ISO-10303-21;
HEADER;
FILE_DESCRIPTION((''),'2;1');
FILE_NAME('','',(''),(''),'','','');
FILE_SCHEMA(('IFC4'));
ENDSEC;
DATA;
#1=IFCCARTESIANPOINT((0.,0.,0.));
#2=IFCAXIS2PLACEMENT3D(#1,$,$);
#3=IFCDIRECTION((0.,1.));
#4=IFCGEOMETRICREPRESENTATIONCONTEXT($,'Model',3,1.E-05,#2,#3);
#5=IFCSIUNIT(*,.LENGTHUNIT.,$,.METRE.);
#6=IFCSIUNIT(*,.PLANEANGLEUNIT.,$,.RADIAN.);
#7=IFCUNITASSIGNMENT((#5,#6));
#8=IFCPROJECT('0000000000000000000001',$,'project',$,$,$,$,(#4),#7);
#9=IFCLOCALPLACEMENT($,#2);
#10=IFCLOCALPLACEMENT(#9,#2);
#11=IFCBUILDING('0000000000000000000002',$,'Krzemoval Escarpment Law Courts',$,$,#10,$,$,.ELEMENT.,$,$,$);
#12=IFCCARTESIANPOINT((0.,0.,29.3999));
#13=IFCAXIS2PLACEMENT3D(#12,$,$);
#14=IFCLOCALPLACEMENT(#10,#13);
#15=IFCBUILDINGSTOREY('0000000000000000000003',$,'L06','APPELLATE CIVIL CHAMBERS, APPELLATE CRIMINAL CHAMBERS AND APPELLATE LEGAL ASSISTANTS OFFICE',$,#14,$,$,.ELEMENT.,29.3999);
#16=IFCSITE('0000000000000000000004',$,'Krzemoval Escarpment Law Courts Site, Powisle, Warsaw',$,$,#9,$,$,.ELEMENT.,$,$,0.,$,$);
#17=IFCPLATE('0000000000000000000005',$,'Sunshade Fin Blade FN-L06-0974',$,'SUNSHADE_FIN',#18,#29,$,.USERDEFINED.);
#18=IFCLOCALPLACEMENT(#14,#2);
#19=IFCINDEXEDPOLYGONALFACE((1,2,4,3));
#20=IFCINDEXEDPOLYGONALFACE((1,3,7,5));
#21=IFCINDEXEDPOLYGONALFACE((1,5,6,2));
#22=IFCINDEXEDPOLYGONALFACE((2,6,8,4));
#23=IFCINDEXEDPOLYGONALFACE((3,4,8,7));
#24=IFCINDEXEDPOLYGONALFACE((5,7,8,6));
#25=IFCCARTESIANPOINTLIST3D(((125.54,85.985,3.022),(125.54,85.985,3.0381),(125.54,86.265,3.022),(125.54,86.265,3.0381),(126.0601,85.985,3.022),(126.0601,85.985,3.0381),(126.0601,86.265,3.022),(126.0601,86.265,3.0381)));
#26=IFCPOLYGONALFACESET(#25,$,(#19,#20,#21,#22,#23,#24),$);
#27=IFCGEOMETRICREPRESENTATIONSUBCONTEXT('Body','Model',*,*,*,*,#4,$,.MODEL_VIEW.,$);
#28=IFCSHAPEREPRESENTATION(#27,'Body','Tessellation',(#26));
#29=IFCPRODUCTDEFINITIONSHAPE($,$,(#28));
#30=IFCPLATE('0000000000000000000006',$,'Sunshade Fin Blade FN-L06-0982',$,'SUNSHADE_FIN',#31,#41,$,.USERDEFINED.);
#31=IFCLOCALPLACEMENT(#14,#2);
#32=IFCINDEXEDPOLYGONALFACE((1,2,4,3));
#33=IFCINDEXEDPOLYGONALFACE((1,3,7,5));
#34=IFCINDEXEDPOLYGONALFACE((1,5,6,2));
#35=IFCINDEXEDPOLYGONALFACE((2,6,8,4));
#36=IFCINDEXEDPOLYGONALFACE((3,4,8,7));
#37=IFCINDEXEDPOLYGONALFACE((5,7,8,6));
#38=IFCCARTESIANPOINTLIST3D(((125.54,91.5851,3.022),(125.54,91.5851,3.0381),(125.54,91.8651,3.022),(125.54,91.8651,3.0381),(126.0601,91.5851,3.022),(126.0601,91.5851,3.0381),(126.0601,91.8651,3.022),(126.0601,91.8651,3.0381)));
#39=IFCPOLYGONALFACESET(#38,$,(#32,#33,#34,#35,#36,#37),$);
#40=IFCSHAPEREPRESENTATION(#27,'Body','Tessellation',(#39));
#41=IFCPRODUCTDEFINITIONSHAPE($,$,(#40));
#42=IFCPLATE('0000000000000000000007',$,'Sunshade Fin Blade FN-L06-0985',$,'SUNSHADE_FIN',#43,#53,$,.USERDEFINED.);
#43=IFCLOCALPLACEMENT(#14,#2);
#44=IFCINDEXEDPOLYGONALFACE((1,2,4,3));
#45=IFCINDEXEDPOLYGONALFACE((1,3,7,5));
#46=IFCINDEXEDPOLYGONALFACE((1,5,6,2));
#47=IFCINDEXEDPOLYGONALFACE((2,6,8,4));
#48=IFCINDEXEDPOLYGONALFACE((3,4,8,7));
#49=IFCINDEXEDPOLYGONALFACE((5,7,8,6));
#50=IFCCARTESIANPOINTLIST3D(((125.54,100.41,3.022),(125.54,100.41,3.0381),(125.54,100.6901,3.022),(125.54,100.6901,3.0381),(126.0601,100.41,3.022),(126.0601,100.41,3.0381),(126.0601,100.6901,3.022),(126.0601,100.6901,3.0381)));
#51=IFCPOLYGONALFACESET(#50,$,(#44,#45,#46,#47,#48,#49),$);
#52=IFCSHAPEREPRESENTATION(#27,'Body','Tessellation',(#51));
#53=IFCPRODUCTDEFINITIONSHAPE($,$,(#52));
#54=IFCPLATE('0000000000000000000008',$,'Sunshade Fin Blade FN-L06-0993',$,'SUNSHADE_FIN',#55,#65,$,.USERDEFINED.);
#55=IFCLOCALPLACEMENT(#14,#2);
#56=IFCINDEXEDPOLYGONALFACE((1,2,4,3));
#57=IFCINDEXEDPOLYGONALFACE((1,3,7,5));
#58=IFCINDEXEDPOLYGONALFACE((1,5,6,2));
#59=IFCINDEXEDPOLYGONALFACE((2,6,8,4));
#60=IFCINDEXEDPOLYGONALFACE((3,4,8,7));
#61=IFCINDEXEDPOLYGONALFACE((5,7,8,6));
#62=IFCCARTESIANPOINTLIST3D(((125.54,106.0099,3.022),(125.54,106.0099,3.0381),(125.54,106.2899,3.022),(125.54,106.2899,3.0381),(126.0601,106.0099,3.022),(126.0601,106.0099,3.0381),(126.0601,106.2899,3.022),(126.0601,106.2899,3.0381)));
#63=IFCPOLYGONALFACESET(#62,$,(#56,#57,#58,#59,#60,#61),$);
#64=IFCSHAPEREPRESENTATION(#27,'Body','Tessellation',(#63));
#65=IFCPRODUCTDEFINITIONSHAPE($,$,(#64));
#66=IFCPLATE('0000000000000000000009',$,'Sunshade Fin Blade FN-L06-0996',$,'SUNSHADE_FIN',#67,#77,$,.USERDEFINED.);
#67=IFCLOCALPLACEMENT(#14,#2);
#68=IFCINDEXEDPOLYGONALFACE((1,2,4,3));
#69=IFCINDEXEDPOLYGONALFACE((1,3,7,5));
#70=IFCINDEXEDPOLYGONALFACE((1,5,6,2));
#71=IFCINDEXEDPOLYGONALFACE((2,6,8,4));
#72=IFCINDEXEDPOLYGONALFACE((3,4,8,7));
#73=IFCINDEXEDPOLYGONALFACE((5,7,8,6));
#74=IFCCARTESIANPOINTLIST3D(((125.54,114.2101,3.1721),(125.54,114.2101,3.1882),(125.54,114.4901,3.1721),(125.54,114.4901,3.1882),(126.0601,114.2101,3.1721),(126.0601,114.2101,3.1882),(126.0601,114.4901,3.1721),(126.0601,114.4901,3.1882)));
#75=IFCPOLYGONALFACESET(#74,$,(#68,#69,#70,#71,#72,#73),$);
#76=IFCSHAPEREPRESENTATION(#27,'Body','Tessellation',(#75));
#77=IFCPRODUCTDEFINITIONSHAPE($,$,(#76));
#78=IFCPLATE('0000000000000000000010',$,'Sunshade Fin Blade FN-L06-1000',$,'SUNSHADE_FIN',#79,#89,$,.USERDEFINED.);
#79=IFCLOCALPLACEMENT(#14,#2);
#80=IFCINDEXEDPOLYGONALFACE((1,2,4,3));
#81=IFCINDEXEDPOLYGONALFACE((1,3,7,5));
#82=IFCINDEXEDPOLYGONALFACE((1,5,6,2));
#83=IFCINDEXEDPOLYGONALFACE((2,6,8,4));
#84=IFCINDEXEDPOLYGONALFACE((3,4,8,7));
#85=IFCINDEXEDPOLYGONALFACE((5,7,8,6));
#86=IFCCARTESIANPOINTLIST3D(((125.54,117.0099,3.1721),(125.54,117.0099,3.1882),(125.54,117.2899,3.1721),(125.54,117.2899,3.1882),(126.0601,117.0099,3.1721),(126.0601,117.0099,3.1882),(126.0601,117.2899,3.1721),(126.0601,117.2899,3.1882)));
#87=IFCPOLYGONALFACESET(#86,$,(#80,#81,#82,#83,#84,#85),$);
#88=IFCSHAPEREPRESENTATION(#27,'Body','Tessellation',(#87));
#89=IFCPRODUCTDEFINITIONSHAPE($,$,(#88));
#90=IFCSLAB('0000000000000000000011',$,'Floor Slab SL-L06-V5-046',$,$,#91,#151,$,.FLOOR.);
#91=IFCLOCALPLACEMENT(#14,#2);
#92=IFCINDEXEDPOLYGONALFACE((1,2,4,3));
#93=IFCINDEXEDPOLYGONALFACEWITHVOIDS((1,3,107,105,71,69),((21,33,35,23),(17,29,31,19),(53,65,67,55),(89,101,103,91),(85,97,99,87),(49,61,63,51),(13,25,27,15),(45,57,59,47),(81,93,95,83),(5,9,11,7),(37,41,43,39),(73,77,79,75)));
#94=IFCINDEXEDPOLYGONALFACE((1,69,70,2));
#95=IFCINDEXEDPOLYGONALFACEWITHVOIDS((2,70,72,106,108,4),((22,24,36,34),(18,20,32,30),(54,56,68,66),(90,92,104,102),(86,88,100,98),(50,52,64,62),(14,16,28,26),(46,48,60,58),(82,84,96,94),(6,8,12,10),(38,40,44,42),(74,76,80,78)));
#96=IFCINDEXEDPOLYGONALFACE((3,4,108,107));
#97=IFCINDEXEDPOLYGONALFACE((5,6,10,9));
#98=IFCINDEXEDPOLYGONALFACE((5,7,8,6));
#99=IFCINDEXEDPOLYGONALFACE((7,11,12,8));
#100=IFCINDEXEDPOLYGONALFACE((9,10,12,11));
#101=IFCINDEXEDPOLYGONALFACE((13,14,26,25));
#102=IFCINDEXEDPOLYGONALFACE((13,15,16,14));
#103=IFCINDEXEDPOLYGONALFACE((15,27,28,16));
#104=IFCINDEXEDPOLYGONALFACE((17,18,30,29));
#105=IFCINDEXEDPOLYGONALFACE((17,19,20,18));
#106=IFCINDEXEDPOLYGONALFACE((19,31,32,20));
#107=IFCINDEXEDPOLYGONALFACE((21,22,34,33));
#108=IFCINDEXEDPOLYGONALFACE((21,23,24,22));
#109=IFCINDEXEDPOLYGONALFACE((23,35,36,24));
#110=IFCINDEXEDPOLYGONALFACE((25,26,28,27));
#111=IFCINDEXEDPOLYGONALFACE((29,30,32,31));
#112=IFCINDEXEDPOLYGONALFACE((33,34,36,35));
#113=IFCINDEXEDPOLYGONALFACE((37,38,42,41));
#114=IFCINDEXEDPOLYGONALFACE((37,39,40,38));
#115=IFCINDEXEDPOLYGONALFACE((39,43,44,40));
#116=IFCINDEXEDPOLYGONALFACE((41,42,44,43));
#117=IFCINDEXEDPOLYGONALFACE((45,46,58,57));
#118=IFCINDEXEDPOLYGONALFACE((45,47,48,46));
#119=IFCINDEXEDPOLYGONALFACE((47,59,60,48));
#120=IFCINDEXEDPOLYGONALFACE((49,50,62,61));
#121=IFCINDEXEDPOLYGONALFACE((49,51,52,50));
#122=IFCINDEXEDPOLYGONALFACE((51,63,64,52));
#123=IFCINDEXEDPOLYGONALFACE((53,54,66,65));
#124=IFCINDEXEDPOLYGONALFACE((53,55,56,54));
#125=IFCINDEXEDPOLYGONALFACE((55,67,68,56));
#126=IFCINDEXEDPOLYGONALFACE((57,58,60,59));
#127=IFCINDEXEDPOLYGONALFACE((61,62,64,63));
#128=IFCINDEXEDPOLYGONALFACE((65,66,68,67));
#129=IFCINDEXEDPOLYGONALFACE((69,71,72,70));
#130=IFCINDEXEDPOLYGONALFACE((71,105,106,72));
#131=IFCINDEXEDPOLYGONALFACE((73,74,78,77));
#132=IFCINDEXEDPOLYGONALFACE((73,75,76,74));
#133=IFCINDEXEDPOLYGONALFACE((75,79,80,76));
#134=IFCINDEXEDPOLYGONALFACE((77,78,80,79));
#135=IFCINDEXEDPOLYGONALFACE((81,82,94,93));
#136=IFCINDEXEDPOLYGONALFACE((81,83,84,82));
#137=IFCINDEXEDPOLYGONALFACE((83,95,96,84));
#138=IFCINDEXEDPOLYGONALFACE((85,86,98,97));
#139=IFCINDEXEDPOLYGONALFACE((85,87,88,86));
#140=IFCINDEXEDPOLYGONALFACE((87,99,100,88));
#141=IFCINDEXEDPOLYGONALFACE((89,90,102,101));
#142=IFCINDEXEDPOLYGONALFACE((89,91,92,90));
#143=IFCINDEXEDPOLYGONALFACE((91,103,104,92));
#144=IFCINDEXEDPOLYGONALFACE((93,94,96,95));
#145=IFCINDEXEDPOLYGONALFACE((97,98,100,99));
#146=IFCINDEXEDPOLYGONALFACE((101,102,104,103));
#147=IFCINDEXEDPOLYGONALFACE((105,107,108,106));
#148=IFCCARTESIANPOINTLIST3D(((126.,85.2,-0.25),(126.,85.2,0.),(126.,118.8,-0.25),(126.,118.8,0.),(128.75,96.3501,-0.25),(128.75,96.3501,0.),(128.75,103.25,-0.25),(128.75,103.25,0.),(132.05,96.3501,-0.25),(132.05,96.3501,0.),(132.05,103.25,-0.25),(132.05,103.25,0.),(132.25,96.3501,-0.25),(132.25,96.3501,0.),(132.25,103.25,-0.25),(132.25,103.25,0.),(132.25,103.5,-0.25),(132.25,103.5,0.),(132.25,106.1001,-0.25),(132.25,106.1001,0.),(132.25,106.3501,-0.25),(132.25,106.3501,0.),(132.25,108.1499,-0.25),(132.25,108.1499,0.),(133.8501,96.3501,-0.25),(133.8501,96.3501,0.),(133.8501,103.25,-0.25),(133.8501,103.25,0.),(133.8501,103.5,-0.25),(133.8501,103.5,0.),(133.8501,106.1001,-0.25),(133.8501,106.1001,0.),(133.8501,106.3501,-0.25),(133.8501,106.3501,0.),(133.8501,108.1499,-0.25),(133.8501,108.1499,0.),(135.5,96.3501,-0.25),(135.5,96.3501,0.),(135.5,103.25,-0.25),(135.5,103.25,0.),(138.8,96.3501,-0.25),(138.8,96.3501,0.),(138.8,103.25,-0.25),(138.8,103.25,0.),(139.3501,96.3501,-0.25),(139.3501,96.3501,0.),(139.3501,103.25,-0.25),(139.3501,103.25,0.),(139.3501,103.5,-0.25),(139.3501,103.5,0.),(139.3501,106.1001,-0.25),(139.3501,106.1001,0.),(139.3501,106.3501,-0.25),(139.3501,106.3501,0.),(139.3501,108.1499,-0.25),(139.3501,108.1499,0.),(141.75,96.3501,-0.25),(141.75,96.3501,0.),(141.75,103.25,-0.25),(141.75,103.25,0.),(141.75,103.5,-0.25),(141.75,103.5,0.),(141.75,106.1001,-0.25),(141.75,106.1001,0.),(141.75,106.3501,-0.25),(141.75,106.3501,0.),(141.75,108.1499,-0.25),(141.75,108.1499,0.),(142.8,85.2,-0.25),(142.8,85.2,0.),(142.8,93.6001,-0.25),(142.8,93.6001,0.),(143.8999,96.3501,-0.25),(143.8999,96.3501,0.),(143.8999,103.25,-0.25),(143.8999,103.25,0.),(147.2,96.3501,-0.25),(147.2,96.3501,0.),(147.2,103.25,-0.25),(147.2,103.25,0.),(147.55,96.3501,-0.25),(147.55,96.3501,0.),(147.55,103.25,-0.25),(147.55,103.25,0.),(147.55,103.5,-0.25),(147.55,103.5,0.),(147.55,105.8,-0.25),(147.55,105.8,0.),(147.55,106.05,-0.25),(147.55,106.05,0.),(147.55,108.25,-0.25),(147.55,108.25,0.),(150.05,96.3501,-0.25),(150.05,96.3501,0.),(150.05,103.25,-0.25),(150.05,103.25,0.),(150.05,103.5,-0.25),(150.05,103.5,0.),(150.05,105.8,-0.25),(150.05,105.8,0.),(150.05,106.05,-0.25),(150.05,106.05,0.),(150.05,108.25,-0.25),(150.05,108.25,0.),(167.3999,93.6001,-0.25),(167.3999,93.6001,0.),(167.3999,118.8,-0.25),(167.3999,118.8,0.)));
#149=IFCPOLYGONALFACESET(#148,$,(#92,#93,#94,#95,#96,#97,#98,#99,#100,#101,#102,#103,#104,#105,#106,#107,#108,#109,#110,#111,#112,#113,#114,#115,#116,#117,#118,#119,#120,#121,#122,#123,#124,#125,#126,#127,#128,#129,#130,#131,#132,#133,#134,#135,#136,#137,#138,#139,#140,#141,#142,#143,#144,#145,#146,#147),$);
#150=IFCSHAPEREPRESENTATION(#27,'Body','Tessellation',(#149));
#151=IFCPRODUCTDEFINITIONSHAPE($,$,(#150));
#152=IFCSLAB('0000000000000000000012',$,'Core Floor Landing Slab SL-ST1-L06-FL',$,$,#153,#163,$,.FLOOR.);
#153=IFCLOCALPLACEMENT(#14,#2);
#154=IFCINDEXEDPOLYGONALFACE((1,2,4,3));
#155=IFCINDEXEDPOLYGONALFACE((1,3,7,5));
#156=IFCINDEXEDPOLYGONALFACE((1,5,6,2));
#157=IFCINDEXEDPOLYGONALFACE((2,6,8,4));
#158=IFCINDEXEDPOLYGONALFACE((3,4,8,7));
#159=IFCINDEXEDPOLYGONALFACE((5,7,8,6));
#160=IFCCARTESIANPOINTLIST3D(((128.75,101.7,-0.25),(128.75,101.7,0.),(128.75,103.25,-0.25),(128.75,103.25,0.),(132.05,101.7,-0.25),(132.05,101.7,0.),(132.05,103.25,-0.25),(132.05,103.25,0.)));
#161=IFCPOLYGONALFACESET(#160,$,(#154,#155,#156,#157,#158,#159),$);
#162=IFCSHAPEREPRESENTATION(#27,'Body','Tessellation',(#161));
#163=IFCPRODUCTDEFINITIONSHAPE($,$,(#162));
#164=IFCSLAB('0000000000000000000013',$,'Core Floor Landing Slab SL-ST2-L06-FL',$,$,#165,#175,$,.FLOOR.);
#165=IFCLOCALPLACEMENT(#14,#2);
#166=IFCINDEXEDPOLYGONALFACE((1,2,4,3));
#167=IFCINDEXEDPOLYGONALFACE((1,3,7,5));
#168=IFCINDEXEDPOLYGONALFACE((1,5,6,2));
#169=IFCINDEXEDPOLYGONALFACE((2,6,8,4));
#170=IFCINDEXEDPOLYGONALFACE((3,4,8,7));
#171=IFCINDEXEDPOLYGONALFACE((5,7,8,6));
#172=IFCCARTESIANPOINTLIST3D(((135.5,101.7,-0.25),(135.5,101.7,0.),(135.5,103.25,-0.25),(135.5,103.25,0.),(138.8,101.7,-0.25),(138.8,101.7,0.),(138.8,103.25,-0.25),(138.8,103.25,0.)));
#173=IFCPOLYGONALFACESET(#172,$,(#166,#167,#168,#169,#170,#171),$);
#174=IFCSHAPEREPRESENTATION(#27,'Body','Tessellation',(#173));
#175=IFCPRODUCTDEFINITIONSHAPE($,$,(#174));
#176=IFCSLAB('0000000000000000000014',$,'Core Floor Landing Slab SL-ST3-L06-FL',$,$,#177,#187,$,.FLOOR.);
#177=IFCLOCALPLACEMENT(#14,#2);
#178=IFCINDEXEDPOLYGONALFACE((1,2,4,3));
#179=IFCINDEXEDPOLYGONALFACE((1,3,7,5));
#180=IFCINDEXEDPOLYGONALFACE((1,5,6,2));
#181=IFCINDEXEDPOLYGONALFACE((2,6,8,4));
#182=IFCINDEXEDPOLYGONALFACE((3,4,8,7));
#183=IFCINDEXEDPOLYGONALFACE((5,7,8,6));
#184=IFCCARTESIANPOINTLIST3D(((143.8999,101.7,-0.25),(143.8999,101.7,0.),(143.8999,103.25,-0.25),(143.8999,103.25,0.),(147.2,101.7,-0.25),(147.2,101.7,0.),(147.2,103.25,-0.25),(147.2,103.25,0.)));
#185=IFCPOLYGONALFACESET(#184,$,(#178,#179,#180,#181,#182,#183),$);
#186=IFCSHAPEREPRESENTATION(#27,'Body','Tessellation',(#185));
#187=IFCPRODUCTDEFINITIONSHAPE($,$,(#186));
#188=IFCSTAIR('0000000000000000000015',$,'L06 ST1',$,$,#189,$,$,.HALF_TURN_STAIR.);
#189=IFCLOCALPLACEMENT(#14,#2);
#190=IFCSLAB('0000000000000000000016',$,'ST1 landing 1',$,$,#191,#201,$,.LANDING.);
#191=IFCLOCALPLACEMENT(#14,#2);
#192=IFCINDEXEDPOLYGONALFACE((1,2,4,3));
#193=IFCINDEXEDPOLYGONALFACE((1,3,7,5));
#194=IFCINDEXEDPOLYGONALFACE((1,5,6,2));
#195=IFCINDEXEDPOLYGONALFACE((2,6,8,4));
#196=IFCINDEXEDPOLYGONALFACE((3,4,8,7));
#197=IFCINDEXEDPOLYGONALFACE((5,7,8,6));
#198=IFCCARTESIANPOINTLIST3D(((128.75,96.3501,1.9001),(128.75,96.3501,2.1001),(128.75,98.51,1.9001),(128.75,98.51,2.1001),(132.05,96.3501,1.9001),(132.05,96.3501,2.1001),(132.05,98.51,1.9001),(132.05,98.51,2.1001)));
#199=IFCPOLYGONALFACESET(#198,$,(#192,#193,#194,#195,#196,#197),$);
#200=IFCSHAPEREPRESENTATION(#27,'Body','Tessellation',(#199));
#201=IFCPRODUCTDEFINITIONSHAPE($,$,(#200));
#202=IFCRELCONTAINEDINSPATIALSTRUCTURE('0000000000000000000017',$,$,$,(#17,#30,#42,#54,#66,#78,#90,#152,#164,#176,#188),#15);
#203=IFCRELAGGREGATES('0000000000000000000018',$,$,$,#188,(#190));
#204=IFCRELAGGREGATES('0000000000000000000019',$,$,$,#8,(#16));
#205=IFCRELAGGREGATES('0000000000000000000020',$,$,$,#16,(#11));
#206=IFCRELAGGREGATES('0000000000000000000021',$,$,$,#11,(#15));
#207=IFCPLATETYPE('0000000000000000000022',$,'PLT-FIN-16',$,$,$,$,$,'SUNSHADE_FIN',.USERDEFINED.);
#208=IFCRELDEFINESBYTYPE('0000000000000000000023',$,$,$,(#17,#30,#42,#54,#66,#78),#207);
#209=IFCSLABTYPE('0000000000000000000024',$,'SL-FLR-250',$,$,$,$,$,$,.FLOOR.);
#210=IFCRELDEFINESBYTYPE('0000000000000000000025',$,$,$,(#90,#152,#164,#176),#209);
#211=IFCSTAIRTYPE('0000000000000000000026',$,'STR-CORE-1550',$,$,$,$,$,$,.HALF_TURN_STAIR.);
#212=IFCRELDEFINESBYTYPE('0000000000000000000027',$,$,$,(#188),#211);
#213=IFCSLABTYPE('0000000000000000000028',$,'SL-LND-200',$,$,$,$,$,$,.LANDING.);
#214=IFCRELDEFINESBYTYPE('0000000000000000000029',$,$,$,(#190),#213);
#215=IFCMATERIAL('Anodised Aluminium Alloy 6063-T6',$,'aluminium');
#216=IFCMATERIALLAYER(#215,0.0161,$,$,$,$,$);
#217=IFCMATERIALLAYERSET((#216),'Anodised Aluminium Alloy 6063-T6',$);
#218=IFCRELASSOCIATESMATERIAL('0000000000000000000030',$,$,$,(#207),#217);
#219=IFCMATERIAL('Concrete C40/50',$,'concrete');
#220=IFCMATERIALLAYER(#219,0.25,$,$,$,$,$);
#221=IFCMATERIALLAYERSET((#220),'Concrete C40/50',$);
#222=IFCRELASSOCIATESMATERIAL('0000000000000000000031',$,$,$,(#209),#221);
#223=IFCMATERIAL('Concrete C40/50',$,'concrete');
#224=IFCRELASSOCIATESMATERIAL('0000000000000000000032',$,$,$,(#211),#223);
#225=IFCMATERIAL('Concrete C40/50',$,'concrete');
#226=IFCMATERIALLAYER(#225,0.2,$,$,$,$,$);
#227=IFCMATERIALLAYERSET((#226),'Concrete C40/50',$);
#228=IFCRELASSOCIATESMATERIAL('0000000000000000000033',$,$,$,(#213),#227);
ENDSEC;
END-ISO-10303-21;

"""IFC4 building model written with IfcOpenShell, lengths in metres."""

from ifc_helpers import new_model, si_unit, direction, frame, origin, origin_2d, place, context, subcontext, project, spatial, polyline, rectangle, outline, extrude, material, layer, layer_set, type_object, element, aggregate, save


model = new_model("IFC4")

# Units and contexts
model_context = context("Model", 3, precision=1e-05, world=origin(), true_north=direction((0.0, 1.0)))
body_context = subcontext(model_context, "Body", "Model", "MODEL_VIEW")
ifc_project = project(units=[si_unit("LENGTHUNIT", "METRE"), si_unit("PLANEANGLEUNIT", "RADIAN")], contexts=[model_context])

# Site, building, storey
site_placement = place(None, origin())
site = spatial("IfcSite", under=ifc_project, at=site_placement, Name="Krzemoval Escarpment Law Courts Site, Powisle, Warsaw", CompositionType="ELEMENT", RefElevation=0.0)
building_placement = place(site_placement, origin())
building = spatial("IfcBuilding", under=site, at=building_placement, Name="Krzemoval Escarpment Law Courts", CompositionType="ELEMENT")
storey_placement = place(building_placement, frame((0.0, 0.0, 29.3999)))
storey = spatial("IfcBuildingStorey", under=building, at=storey_placement, Name="L06", Description="APPELLATE CIVIL CHAMBERS, APPELLATE CRIMINAL CHAMBERS AND APPELLATE LEGAL ASSISTANTS OFFICE", CompositionType="ELEMENT", Elevation=29.3999)

# Plates
ifc_material_1 = material(Name="Anodised Aluminium Alloy 6063-T6", Category="aluminium")
ifc_layer_1 = layer(ifc_material_1, 0.0161)
ifc_layer_set_1 = layer_set([ifc_layer_1], Name="Anodised Aluminium Alloy 6063-T6")
plate_type = type_object("IfcPlateType", Name="PLT-FIN-16", ElementType="SUNSHADE_FIN", PredefinedType="USERDEFINED", material=ifc_layer_set_1)
for number, where, z_axis, x_axis, name in (
    (1, (125.8, 86.125, 3.022), (0.0, 0.0, 1.0), (-1.0, 0.0, 0.0), "Sunshade Fin Blade FN-L06-0974"),
    (2, (125.8, 91.7251, 3.022), (0.0, 0.0, 1.0), (-1.0, 0.0, 0.0), "Sunshade Fin Blade FN-L06-0982"),
    (3, (125.8, 100.55, 3.022), (0.0, 0.0, 1.0), (-1.0, 0.0, 0.0), "Sunshade Fin Blade FN-L06-0985"),
    (4, (125.8, 106.1499, 3.022), (0.0, 0.0, 1.0), (-1.0, 0.0, 0.0), "Sunshade Fin Blade FN-L06-0993"),
    (5, (125.8, 114.3501, 3.1721), (0.0, 0.0, 1.0), (-1.0, 0.0, 0.0), "Sunshade Fin Blade FN-L06-0996"),
    (6, (125.8, 117.1499, 3.1721), (0.0, 0.0, 1.0), (-1.0, 0.0, 0.0), "Sunshade Fin Blade FN-L06-1000"),
):
    element("IfcPlate", number, at=place(storey_placement, frame(where, z_axis=z_axis, x_axis=x_axis)), inside=storey, type_object=plate_type, Name=name, ObjectType="SUNSHADE_FIN", PredefinedType="USERDEFINED", context=body_context, shape_type="SweptSolid", body=[
        extrude(rectangle(XDim=0.52, YDim=0.28, at=origin_2d()), origin(), (0.0, 0.0, 1.0), 0.0161),
    ])

# Slabs
ifc_material_2 = material(Name="Concrete C40/50", Category="concrete")
ifc_layer_2 = layer(ifc_material_2, 0.25)
ifc_layer_set_2 = layer_set([ifc_layer_2], Name="Concrete C40/50")
slab_type_1 = type_object("IfcSlabType", Name="SL-FLR-250", PredefinedType="FLOOR", material=ifc_layer_set_2)
slab_1_placement = place(storey_placement, frame((0.0, 0.0, -0.25)))
element("IfcSlab", 7, at=slab_1_placement, inside=storey, type_object=slab_type_1, Name="Floor Slab SL-L06-V5-046", PredefinedType="FLOOR", context=body_context, shape_type="SweptSolid", body=[
    extrude(outline(polyline([(142.8, 93.6001), (142.8, 85.2), (126.0, 85.2), (126.0, 118.8), (167.3999, 118.8), (167.3999, 93.6001), (142.8, 93.6001)]), holes=[polyline([(133.8501, 103.5), (133.8501, 106.1001), (132.25, 106.1001), (132.25, 103.5), (133.8501, 103.5)]), polyline([(132.25, 106.3501), (133.8501, 106.3501), (133.8501, 108.1499), (132.25, 108.1499), (132.25, 106.3501)]), polyline([(132.25, 103.25), (132.25, 96.3501), (133.8501, 96.3501), (133.8501, 103.25), (132.25, 103.25)]), polyline([(141.75, 106.1001), (139.3501, 106.1001), (139.3501, 103.5), (141.75, 103.5), (141.75, 106.1001)]), polyline([(141.75, 106.3501), (141.75, 108.1499), (139.3501, 108.1499), (139.3501, 106.3501), (141.75, 106.3501)]), polyline([(139.3501, 96.3501), (141.75, 96.3501), (141.75, 103.25), (139.3501, 103.25), (139.3501, 96.3501)]), polyline([(147.55, 105.8), (147.55, 103.5), (150.05, 103.5), (150.05, 105.8), (147.55, 105.8)]), polyline([(150.05, 108.25), (147.55, 108.25), (147.55, 106.05), (150.05, 106.05), (150.05, 108.25)]), polyline([(150.05, 96.3501), (150.05, 103.25), (147.55, 103.25), (147.55, 96.3501), (150.05, 96.3501)]), polyline([(128.75, 96.3501), (132.05, 96.3501), (132.05, 103.25), (128.75, 103.25), (128.75, 96.3501)]), polyline([(135.5, 103.25), (135.5, 96.3501), (138.8, 96.3501), (138.8, 103.25), (135.5, 103.25)]), polyline([(147.2, 103.25), (143.8999, 103.25), (143.8999, 96.3501), (147.2, 96.3501), (147.2, 103.25)])]), origin(), (0.0, 0.0, 1.0), 0.25),
])
slab_2_placement = place(storey_placement, frame((0.0, 0.0, -0.25)))
element("IfcSlab", 8, at=slab_2_placement, inside=storey, type_object=slab_type_1, Name="Core Floor Landing Slab SL-ST1-L06-FL", PredefinedType="FLOOR", context=body_context, shape_type="SweptSolid", body=[
    extrude(outline(polyline([(128.75, 103.25), (128.75, 101.7), (132.05, 101.7), (132.05, 103.25), (128.75, 103.25)])), origin(), (0.0, 0.0, 1.0), 0.25),
])
slab_3_placement = place(storey_placement, frame((0.0, 0.0, -0.25)))
element("IfcSlab", 9, at=slab_3_placement, inside=storey, type_object=slab_type_1, Name="Core Floor Landing Slab SL-ST2-L06-FL", PredefinedType="FLOOR", context=body_context, shape_type="SweptSolid", body=[
    extrude(outline(polyline([(135.5, 103.25), (135.5, 101.7), (138.8, 101.7), (138.8, 103.25), (135.5, 103.25)])), origin(), (0.0, 0.0, 1.0), 0.25),
])
slab_4_placement = place(storey_placement, frame((0.0, 0.0, -0.25)))
element("IfcSlab", 10, at=slab_4_placement, inside=storey, type_object=slab_type_1, Name="Core Floor Landing Slab SL-ST3-L06-FL", PredefinedType="FLOOR", context=body_context, shape_type="SweptSolid", body=[
    extrude(outline(polyline([(143.8999, 103.25), (143.8999, 101.7), (147.2, 101.7), (147.2, 103.25), (143.8999, 103.25)])), origin(), (0.0, 0.0, 1.0), 0.25),
])

# Stair, slab
ifc_material_3 = material(Name="Concrete C40/50", Category="concrete")
stair_type = type_object("IfcStairType", Name="STR-CORE-1550", PredefinedType="HALF_TURN_STAIR", material=ifc_material_3)
stair_1_placement = place(storey_placement, origin())
stair_1 = element("IfcStair", 11, at=stair_1_placement, inside=storey, type_object=stair_type, Name="L06 ST1", PredefinedType="HALF_TURN_STAIR")
ifc_material_4 = material(Name="Concrete C40/50", Category="concrete")
ifc_layer_3 = layer(ifc_material_4, 0.2)
ifc_layer_set_3 = layer_set([ifc_layer_3], Name="Concrete C40/50")
slab_type_2 = type_object("IfcSlabType", Name="SL-LND-200", PredefinedType="LANDING", material=ifc_layer_set_3)
slab_5_placement = place(storey_placement, frame((0.0, 0.0, 1.9001)))
slab_5 = element("IfcSlab", 12, at=slab_5_placement, type_object=slab_type_2, Name="ST1 landing 1", PredefinedType="LANDING", context=body_context, shape_type="SweptSolid", body=[
    extrude(outline(polyline([(128.75, 98.51), (128.75, 96.3501), (132.05, 96.3501), (132.05, 98.51), (128.75, 98.51)])), origin(), (0.0, 0.0, 1.0), 0.2),
])
aggregate(stair_1, [slab_5])

save(model, "model.ifc")
